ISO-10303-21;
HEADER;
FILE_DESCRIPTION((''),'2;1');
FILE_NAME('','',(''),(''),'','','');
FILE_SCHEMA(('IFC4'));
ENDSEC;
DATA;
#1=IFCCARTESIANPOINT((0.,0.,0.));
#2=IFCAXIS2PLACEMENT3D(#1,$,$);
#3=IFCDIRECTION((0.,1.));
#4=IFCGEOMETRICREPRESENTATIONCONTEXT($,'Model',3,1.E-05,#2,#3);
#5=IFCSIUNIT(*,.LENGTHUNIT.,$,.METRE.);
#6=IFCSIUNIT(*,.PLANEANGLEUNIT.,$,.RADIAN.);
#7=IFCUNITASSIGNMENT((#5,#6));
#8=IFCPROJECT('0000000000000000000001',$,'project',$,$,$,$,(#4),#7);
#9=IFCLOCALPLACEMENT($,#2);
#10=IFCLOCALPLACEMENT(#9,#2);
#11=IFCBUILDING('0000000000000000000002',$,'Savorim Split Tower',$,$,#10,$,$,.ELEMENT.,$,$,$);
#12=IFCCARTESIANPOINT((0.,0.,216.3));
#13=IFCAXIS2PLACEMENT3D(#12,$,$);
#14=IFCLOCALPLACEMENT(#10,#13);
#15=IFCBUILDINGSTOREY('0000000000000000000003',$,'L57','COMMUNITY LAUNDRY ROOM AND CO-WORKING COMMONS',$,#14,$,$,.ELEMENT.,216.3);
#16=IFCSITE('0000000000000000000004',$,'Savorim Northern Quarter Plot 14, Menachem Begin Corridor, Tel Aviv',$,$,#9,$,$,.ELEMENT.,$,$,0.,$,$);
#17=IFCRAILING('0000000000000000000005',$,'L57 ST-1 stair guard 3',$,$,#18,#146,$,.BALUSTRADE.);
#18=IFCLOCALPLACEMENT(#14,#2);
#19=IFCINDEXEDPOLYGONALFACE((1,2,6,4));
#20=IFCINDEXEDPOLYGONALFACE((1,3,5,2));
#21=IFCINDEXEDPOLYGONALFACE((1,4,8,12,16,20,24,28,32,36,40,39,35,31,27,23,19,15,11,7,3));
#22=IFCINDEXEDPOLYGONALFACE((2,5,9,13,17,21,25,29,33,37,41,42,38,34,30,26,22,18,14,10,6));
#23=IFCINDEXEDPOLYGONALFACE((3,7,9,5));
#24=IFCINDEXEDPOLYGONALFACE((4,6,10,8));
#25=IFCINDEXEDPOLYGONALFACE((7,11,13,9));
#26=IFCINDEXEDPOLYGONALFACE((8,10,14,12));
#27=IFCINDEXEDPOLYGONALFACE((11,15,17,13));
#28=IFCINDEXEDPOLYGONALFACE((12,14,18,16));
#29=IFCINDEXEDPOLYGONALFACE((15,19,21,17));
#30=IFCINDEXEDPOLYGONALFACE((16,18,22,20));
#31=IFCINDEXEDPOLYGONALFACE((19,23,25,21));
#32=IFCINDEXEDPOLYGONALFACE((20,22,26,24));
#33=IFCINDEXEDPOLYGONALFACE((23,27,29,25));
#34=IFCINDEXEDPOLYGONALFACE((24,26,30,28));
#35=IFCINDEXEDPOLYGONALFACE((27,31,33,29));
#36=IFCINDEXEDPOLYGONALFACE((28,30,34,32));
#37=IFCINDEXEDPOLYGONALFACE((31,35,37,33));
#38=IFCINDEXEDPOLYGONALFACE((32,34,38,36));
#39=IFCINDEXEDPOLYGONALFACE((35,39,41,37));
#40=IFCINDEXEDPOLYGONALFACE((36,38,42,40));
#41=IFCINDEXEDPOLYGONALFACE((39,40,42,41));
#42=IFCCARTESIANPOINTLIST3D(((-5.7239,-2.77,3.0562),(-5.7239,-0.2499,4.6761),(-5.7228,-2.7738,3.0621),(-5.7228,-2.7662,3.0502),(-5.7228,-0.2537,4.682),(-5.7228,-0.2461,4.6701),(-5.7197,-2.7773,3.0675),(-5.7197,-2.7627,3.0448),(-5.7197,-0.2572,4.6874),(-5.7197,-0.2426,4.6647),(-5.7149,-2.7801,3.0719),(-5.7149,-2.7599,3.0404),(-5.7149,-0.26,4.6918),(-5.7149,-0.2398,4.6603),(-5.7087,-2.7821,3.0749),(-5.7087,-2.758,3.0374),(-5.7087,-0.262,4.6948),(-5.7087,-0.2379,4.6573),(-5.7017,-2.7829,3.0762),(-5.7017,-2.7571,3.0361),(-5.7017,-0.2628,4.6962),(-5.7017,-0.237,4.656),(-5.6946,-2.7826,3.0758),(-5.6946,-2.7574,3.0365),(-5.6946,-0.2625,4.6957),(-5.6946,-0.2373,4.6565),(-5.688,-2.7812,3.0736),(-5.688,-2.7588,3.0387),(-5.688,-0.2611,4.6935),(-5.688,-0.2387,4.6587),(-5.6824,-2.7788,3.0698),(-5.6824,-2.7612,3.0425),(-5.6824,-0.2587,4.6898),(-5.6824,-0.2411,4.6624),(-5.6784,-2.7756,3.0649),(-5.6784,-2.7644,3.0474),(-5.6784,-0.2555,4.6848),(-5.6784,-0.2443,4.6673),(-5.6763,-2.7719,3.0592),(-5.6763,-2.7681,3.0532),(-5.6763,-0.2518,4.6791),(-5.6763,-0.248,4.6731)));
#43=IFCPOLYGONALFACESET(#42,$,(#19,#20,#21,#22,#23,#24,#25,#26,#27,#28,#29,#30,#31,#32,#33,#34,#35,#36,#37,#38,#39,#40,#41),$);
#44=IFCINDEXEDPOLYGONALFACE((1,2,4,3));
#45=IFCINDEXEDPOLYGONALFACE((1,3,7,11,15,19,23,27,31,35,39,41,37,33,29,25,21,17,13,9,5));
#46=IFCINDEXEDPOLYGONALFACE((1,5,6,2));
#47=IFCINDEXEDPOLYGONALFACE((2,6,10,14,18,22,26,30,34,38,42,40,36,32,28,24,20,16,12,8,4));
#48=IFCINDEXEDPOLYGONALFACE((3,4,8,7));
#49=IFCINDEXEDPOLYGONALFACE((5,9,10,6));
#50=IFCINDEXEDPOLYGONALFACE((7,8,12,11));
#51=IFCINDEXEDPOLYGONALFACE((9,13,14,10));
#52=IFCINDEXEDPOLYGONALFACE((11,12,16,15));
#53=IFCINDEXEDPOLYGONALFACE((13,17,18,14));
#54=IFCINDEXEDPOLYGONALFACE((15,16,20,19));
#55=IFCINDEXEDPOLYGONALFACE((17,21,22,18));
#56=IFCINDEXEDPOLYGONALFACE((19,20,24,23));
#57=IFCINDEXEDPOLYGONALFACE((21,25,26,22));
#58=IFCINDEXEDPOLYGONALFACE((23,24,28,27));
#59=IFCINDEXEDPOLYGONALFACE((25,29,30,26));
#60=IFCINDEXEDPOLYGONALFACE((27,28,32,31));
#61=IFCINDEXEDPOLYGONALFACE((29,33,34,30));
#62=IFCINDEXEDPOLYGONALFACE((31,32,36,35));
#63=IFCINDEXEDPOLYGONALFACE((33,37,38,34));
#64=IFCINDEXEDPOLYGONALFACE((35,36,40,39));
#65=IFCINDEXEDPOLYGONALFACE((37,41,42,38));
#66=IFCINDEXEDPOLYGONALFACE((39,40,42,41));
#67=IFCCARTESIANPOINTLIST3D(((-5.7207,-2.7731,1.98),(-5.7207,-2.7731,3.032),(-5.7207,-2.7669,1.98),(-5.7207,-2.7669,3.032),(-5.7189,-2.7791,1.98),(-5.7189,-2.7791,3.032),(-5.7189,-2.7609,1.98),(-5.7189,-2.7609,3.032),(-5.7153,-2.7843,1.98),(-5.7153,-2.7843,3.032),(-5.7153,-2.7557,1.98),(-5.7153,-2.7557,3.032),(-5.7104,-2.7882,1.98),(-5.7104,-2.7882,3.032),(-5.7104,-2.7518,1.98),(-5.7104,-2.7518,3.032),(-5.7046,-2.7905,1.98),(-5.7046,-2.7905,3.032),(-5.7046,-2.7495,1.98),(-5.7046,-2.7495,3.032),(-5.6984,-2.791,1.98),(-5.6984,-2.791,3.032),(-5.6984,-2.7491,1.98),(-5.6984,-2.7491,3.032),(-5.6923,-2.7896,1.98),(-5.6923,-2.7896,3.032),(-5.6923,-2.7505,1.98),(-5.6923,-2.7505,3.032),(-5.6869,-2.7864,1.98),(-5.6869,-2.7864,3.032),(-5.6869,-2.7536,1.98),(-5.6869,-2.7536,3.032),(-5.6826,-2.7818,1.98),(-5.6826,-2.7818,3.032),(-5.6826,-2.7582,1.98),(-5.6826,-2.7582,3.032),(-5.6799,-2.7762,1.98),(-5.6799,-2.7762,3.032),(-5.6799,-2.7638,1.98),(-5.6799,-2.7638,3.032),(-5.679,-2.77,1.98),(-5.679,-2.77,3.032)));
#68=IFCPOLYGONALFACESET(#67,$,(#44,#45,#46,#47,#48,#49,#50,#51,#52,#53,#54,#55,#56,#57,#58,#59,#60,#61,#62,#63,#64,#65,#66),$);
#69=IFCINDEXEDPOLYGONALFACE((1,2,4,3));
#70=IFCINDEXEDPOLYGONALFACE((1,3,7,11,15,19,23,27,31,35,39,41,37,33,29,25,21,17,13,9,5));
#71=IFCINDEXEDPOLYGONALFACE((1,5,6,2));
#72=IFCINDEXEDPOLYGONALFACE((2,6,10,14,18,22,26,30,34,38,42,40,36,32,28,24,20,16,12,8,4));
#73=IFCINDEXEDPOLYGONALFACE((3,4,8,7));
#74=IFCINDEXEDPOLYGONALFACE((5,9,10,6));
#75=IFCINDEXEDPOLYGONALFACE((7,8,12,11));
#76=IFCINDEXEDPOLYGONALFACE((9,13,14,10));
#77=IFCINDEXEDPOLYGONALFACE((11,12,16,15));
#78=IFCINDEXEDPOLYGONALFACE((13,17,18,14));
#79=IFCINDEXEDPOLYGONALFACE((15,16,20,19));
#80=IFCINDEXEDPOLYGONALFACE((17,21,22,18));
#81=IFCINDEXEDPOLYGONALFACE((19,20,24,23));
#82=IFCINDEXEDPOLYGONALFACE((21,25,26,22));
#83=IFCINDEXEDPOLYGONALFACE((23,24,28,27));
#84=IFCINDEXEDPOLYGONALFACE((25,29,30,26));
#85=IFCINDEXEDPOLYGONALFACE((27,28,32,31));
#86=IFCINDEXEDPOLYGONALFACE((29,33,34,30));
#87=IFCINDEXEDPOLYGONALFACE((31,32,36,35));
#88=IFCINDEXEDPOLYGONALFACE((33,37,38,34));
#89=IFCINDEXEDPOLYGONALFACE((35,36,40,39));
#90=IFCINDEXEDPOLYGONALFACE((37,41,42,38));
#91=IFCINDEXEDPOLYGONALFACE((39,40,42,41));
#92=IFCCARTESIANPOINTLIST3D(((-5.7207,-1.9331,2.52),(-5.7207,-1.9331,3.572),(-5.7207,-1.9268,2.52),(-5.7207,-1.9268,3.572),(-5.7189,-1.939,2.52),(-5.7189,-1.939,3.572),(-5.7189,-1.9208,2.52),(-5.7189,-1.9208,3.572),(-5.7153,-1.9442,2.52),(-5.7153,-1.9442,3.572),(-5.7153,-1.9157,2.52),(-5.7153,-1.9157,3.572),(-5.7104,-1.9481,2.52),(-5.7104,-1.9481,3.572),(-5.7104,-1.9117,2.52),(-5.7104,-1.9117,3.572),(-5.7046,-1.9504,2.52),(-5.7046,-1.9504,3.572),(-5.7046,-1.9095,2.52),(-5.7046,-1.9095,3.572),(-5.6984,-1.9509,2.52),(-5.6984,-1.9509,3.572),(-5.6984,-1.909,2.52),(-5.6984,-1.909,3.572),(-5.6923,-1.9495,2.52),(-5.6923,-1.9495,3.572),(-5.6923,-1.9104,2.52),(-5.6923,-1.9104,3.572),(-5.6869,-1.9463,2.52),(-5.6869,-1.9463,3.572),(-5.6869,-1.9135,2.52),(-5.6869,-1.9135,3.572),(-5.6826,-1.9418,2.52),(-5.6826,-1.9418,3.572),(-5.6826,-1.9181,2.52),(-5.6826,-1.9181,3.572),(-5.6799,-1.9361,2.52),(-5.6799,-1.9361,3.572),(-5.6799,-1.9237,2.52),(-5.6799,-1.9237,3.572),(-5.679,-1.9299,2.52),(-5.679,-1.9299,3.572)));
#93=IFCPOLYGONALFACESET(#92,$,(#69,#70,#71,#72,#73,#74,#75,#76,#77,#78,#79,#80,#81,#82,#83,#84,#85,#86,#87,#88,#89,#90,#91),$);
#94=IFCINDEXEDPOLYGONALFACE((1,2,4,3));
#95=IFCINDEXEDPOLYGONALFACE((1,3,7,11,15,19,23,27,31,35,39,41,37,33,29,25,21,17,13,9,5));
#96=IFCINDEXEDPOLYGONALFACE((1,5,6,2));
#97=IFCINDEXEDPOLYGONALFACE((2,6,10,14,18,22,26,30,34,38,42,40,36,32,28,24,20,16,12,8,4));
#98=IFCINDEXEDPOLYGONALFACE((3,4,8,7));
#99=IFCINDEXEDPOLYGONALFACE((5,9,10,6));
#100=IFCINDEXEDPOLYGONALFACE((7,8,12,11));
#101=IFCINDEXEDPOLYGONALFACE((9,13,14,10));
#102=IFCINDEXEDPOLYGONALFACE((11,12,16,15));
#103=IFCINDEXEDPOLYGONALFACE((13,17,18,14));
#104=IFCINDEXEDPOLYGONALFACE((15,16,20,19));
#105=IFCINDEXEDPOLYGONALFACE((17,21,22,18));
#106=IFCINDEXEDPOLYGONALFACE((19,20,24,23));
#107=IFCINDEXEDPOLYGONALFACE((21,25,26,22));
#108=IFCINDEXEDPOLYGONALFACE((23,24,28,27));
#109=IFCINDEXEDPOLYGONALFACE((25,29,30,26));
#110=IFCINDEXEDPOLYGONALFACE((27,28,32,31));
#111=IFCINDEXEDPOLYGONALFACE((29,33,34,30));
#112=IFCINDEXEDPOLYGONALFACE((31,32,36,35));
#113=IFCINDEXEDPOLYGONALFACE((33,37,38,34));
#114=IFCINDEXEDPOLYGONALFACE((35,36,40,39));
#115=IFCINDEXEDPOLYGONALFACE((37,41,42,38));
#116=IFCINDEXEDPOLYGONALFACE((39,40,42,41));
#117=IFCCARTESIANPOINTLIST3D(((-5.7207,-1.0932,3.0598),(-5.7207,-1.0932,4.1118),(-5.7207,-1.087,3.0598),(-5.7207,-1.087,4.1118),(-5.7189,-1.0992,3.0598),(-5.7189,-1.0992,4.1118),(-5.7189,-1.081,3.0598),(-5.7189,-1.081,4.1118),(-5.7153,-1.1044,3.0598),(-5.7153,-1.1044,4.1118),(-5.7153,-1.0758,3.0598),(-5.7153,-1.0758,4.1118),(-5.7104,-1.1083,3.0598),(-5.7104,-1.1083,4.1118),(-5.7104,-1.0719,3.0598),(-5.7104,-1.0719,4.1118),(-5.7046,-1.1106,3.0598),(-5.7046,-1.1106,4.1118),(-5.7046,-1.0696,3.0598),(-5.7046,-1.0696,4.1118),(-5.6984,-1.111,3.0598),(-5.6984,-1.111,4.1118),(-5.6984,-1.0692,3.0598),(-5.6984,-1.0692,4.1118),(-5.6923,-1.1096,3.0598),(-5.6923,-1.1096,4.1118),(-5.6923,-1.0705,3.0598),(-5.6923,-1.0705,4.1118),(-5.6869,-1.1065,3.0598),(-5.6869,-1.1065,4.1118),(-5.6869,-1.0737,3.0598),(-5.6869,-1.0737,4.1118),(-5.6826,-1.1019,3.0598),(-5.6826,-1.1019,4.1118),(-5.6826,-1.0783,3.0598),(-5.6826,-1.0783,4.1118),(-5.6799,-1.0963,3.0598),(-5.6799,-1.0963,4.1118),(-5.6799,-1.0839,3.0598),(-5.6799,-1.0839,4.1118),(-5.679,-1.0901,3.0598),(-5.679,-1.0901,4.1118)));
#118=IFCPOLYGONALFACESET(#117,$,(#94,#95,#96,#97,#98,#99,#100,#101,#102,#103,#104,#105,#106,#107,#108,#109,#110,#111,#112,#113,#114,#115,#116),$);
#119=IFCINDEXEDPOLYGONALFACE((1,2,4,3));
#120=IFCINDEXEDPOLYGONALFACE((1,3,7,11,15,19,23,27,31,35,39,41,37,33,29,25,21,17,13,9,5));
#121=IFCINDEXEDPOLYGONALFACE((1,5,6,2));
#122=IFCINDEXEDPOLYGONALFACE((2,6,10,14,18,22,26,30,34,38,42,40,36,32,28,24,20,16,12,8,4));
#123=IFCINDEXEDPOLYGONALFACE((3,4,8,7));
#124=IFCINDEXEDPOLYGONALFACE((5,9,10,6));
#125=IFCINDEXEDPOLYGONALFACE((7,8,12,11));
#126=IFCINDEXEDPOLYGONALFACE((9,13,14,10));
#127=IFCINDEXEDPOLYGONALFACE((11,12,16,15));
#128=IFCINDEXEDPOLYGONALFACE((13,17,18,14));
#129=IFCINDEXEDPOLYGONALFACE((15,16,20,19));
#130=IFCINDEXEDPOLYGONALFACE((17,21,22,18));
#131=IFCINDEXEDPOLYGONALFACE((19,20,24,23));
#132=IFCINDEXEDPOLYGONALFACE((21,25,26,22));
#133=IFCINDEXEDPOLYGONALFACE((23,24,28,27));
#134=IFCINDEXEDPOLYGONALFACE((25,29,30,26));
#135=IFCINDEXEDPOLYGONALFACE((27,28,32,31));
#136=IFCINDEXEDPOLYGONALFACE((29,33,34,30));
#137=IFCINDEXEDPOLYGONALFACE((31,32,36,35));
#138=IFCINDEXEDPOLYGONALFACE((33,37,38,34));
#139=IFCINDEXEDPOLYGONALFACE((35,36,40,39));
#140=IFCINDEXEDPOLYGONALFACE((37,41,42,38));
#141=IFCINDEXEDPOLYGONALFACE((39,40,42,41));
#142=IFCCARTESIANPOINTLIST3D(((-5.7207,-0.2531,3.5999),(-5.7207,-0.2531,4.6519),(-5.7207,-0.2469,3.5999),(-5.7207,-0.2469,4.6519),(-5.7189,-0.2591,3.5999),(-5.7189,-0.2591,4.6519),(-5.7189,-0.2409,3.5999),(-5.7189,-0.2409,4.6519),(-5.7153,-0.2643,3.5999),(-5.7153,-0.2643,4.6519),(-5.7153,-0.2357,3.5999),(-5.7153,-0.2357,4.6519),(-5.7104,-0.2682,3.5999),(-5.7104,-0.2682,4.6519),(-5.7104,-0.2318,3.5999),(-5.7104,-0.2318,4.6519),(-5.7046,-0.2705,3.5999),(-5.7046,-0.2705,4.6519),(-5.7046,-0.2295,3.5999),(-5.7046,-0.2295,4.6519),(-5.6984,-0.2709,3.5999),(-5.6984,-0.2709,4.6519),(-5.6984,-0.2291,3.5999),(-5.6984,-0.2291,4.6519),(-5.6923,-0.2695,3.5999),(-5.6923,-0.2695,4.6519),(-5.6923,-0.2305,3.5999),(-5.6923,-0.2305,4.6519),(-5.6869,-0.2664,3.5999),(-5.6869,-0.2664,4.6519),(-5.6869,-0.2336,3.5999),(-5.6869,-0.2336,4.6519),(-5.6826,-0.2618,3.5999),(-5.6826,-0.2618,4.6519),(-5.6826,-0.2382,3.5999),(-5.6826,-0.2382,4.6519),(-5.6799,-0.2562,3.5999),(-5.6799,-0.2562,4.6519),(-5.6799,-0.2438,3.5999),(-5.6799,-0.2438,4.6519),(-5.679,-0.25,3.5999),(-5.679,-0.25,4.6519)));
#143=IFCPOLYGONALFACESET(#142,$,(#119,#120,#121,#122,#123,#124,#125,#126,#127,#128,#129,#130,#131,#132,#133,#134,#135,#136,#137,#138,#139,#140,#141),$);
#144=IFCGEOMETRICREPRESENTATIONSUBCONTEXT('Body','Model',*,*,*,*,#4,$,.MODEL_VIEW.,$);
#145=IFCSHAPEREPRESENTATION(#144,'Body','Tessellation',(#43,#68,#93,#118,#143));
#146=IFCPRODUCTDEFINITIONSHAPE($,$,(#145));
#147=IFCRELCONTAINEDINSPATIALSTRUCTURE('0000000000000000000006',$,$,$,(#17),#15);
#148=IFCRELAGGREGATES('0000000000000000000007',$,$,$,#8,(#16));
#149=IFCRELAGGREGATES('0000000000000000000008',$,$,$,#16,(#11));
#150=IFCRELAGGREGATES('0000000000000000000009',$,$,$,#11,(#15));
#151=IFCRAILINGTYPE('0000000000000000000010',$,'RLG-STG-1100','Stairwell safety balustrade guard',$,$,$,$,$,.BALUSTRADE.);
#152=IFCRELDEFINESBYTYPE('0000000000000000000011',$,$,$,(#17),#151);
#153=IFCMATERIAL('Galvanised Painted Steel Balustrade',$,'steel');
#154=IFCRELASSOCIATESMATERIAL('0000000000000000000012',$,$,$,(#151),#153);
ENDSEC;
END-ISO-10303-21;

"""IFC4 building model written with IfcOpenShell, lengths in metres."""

from ifc_helpers import new_model, si_unit, direction, frame, origin, origin_2d, place, context, subcontext, project, spatial, circle, extrude, material, type_object, element, save


model = new_model("IFC4")

# Units and contexts
model_context = context("Model", 3, precision=1e-05, world=origin(), true_north=direction((0.0, 1.0)))
body_context = subcontext(model_context, "Body", "Model", "MODEL_VIEW")
ifc_project = project(units=[si_unit("LENGTHUNIT", "METRE"), si_unit("PLANEANGLEUNIT", "RADIAN")], contexts=[model_context])

# Site, building, storey
site_placement = place(None, origin())
site = spatial("IfcSite", under=ifc_project, at=site_placement, Name="Savorim Northern Quarter Plot 14, Menachem Begin Corridor, Tel Aviv", CompositionType="ELEMENT", RefElevation=0.0)
building_placement = place(site_placement, origin())
building = spatial("IfcBuilding", under=site, at=building_placement, Name="Savorim Split Tower", CompositionType="ELEMENT")
storey_placement = place(building_placement, frame((0.0, 0.0, 216.3)))
storey = spatial("IfcBuildingStorey", under=building, at=storey_placement, Name="L57", Description="COMMUNITY LAUNDRY ROOM AND CO-WORKING COMMONS", CompositionType="ELEMENT", Elevation=216.3)

# Railing
ifc_material_1 = material(Name="Galvanised Painted Steel Balustrade", Category="steel")
railing_type_1 = type_object("IfcRailingType", Name="RLG-STG-1100", Description="Stairwell safety balustrade guard", PredefinedType="BALUSTRADE", material=ifc_material_1)
railing_1_placement = place(storey_placement, frame((-5.7, -2.77, 1.98)))
element("IfcRailing", 1, at=railing_1_placement, inside=storey, type_object=railing_type_1, Name="L57 ST-1 stair guard 3", PredefinedType="BALUSTRADE", context=body_context, shape_type="SweptSolid", body=[
    extrude(circle(Radius=0.0239, at=origin_2d()), frame((0.0, 0.0, 1.0762), z_axis=(0.0, 0.8412, 0.540725), x_axis=(-1.0, 0.0, 0.0)), (0.0, 0.0, 1.0), 2.9958),
    extrude(circle(Radius=0.021, at=origin_2d()), origin(), (0.0, 0.0, 1.0), 1.052),
    extrude(circle(Radius=0.021, at=origin_2d()), frame((0.0, 0.8401, 0.54)), (0.0, 0.0, 1.0), 1.052),
    extrude(circle(Radius=0.021, at=origin_2d()), frame((0.0, 1.6799, 1.0798)), (0.0, 0.0, 1.0), 1.052),
    extrude(circle(Radius=0.021, at=origin_2d()), frame((0.0, 2.52, 1.6199)), (0.0, 0.0, 1.0), 1.052),
])

save(model, "model.ifc")
